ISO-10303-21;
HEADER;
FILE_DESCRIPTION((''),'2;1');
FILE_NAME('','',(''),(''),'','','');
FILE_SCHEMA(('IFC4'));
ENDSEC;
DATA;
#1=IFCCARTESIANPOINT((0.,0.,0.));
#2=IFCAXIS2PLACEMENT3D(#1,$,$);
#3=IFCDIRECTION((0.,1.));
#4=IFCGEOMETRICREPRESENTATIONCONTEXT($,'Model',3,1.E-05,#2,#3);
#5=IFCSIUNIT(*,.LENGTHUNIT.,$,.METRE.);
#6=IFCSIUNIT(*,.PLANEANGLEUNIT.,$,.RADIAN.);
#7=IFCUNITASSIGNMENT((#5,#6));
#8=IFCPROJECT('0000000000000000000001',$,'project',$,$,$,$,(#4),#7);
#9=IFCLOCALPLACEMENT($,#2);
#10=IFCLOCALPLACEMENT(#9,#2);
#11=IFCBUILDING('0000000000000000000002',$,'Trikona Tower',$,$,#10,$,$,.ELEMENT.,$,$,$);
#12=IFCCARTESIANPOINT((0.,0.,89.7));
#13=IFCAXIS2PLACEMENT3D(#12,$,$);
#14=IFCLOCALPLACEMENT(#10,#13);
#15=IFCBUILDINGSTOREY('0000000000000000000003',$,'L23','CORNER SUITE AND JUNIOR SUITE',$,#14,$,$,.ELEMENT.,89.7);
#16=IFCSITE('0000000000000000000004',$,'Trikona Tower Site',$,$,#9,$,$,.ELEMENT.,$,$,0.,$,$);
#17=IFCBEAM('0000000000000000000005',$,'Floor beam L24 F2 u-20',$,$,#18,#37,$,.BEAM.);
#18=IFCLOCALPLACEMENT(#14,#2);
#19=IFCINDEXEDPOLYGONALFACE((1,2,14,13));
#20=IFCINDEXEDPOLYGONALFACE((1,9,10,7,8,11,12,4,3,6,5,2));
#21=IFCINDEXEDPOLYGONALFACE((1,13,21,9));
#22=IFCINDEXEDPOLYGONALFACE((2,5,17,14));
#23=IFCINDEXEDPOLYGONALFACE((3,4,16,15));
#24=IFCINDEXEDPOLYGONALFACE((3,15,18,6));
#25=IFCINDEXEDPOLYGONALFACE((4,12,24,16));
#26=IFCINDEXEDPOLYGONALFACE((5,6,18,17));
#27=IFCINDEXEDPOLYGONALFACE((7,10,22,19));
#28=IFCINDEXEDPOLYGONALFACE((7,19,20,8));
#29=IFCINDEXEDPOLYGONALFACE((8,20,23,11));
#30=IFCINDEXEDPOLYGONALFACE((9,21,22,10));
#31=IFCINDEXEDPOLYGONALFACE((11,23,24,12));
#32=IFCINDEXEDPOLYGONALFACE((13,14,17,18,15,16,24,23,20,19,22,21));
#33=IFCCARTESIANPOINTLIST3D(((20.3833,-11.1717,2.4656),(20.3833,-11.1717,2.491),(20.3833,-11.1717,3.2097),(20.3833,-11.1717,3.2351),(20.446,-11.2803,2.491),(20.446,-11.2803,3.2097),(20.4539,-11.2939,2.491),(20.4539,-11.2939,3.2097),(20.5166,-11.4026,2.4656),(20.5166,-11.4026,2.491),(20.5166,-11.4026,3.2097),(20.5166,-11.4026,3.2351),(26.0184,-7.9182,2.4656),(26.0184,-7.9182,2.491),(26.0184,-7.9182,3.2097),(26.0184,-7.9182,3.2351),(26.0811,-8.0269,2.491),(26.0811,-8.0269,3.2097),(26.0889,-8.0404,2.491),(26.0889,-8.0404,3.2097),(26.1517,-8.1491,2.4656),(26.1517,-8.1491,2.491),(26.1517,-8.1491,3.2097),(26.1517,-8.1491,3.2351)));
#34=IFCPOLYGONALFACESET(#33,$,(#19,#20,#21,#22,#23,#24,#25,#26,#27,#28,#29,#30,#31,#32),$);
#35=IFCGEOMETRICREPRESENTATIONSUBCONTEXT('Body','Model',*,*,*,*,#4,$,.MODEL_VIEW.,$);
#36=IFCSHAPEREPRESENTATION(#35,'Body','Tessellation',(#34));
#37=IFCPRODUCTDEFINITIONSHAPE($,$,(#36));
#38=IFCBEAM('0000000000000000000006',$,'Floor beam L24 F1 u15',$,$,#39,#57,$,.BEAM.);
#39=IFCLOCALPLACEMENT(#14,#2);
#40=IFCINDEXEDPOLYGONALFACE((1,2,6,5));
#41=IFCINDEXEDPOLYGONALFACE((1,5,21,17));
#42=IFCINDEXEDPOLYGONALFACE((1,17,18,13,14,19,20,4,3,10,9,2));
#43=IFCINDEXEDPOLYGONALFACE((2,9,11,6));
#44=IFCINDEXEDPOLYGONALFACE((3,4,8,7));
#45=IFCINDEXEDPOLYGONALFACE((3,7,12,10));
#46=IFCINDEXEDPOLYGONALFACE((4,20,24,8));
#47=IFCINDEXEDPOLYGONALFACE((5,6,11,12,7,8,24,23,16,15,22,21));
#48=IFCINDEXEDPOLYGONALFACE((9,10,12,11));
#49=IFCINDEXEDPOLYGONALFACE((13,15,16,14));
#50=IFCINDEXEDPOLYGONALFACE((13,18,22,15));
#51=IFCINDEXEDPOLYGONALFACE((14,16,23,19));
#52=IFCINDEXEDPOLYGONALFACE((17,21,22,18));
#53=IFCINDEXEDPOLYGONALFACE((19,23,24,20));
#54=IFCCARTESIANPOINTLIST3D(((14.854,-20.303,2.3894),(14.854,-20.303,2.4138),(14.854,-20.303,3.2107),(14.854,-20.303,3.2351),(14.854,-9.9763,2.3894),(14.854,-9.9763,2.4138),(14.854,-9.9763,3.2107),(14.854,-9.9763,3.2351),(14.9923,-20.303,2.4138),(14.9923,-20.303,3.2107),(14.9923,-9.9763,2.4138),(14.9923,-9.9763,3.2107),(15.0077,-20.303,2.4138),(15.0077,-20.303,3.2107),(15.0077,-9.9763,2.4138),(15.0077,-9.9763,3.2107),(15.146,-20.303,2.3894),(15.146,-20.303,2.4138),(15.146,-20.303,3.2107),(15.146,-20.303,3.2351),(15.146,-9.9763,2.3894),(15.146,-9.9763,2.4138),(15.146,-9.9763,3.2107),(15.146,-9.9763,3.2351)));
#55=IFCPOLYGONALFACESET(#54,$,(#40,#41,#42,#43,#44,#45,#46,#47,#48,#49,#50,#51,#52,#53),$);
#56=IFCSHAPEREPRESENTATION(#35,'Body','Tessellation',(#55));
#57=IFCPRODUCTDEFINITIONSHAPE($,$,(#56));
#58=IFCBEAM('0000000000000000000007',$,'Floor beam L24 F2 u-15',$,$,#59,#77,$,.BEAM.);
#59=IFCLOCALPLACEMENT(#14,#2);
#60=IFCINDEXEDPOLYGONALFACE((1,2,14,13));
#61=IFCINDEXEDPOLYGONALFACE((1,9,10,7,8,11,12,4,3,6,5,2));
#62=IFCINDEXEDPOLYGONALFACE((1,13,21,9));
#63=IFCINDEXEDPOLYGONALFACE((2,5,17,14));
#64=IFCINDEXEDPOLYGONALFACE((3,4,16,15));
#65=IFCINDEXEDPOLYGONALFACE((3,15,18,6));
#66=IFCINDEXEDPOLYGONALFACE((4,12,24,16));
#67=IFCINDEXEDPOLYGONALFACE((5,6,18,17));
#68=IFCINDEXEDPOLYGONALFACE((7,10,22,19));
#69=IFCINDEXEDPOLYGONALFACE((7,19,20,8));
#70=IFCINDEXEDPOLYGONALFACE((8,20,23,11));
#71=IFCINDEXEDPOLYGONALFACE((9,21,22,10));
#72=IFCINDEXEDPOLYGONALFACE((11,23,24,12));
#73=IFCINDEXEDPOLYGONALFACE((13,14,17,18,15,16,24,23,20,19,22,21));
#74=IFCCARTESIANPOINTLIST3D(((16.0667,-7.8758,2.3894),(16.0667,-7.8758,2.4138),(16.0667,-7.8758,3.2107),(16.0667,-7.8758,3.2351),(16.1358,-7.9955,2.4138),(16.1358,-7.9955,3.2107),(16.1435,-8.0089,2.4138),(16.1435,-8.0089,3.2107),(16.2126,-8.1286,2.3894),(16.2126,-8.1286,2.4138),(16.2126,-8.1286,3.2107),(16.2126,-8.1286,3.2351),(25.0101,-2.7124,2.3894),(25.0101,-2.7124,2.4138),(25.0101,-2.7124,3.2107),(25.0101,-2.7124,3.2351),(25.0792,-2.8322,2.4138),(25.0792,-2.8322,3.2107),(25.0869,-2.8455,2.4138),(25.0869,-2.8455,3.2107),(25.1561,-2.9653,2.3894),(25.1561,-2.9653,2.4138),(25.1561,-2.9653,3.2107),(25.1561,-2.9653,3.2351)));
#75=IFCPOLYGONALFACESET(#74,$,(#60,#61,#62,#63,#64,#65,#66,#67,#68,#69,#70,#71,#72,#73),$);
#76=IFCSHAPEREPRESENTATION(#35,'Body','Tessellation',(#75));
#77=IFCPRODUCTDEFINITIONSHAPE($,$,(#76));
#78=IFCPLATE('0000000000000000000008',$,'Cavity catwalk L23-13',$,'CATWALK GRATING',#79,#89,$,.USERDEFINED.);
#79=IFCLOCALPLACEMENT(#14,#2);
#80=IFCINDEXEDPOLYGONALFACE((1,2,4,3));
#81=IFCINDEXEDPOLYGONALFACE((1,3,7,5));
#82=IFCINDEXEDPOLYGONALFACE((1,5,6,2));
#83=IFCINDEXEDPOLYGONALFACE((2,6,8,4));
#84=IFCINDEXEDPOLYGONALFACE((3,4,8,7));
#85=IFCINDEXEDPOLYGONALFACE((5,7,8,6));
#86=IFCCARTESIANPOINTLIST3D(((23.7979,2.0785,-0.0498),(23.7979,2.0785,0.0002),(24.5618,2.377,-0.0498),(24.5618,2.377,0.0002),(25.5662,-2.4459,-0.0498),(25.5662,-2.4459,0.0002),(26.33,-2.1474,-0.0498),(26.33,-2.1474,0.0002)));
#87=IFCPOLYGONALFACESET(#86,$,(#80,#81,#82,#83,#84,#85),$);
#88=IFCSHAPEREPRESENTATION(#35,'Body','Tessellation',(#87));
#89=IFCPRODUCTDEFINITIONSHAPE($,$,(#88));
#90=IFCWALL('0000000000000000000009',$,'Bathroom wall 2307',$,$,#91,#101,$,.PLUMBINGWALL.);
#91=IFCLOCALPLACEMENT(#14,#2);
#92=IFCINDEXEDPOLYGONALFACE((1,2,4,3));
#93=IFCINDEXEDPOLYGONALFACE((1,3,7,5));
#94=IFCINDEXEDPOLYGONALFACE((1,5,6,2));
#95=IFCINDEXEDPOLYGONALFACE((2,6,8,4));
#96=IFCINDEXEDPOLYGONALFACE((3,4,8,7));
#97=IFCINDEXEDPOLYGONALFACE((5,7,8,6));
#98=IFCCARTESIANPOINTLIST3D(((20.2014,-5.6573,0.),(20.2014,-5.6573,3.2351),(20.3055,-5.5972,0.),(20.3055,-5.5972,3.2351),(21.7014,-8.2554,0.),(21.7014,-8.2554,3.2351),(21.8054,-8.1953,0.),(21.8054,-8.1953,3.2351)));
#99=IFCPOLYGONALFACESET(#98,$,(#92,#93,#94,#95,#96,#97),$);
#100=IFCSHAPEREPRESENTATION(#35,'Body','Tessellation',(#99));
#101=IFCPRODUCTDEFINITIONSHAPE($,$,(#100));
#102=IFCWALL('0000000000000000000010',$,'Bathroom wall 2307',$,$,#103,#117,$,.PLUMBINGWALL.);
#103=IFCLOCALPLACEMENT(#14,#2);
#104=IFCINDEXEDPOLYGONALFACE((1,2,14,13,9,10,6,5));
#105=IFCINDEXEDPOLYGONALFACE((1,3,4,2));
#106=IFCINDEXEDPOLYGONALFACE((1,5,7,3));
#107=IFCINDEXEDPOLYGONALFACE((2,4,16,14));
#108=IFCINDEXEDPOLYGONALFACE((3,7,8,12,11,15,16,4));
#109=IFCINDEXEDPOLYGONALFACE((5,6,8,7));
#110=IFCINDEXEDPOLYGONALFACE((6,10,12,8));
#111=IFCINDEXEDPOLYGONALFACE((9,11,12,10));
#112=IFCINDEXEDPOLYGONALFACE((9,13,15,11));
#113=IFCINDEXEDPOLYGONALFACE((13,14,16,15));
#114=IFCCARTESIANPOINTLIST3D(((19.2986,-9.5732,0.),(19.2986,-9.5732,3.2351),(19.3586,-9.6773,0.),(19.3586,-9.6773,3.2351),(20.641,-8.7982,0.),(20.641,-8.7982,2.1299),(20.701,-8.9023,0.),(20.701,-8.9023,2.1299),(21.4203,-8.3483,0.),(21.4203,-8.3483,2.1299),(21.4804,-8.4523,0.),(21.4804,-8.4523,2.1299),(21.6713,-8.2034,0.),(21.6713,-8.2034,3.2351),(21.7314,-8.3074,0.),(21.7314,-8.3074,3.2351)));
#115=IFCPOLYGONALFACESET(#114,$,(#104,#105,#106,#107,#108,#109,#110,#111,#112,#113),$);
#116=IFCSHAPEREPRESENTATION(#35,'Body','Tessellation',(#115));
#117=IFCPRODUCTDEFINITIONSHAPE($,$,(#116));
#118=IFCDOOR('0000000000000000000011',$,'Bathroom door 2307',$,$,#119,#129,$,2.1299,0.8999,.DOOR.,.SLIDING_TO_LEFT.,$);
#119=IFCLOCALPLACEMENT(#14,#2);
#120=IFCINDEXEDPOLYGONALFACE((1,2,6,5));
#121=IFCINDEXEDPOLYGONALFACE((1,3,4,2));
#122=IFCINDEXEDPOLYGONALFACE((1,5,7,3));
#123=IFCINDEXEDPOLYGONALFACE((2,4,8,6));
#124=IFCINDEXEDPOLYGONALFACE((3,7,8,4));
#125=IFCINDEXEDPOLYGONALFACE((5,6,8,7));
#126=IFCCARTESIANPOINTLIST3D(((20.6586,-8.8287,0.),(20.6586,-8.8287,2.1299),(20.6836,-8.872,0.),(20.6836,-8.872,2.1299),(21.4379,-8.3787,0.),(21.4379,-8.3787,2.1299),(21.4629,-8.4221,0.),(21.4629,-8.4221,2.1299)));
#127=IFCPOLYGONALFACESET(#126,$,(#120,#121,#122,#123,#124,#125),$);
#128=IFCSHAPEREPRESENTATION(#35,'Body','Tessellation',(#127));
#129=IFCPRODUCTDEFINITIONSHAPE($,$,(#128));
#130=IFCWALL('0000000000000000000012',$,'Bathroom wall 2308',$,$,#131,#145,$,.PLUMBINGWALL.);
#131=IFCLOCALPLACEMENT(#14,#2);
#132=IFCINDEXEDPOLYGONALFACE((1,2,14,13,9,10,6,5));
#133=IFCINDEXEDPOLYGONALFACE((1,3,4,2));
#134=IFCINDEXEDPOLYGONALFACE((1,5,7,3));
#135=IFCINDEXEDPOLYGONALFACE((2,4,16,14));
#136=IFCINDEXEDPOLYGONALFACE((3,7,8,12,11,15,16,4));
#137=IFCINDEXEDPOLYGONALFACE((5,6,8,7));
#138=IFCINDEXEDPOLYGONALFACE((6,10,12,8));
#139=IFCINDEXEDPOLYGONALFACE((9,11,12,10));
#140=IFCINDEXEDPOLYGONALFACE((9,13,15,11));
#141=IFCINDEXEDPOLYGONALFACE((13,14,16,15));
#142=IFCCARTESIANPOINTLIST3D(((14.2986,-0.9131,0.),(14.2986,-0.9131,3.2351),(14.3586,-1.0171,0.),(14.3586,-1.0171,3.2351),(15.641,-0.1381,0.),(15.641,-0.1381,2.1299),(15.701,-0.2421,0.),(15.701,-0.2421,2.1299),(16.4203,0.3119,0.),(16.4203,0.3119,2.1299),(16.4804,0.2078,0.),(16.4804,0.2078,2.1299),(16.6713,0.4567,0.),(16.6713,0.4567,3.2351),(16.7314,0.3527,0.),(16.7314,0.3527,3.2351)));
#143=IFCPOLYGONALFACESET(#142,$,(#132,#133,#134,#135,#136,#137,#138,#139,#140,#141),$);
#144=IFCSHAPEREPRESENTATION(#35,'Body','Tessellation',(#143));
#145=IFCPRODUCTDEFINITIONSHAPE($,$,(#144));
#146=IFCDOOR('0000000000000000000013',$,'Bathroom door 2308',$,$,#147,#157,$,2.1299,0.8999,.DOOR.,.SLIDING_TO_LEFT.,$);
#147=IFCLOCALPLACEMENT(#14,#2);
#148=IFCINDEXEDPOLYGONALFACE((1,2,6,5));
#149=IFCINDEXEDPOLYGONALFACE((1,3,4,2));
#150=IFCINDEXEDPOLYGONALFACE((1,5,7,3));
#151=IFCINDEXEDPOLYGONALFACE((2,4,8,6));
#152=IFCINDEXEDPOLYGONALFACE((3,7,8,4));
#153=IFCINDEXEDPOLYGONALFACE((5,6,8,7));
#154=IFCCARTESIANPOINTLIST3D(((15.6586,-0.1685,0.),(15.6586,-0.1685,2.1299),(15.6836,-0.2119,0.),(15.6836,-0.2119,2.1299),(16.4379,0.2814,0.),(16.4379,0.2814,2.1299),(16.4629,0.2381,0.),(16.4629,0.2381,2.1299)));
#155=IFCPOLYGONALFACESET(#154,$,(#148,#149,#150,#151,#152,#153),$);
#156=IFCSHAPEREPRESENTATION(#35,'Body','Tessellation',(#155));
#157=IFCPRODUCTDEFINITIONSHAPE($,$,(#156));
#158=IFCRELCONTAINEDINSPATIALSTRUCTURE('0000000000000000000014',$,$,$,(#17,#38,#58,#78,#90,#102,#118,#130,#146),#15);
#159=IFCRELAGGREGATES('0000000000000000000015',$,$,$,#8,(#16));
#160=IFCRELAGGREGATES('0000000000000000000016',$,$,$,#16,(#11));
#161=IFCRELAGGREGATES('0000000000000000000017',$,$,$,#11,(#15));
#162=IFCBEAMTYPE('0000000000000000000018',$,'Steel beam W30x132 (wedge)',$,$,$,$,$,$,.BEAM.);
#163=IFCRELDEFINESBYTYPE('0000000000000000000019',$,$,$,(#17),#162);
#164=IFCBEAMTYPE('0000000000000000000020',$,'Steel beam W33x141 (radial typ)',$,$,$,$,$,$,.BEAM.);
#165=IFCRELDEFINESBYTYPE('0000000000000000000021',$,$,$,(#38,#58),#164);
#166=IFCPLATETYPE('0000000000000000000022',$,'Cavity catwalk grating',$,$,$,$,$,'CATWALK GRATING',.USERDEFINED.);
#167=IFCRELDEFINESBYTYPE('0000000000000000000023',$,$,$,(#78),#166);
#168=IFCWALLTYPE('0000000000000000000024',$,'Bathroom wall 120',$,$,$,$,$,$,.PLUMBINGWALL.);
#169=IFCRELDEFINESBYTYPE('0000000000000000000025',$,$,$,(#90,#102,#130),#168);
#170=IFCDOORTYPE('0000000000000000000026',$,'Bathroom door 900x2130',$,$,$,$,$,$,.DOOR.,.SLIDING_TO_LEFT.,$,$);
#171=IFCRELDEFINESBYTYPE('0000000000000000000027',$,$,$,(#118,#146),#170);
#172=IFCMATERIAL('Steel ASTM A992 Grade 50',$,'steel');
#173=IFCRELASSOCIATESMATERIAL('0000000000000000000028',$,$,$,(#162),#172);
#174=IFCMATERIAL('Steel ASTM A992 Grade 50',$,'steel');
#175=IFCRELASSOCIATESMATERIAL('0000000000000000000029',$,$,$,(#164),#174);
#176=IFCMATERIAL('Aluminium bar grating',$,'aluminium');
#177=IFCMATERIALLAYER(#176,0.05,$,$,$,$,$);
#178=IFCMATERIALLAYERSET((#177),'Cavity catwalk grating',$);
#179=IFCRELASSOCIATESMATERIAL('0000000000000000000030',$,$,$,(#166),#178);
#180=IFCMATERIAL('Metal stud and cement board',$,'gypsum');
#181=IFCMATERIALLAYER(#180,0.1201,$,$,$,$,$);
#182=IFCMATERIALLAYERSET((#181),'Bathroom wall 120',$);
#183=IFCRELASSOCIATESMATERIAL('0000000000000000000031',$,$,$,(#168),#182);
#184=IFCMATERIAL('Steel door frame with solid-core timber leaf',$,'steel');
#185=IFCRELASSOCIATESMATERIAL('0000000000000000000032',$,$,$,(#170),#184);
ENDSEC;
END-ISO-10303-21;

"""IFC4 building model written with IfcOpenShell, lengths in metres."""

from ifc_helpers import new_model, si_unit, direction, frame, frame_2d, origin, origin_2d, place, context, subcontext, project, spatial, rectangle, i_section, extrude, material, layer, layer_set, material_profile, profile_set, type_object, element, fill, save


model = new_model("IFC4")

# Units and contexts
model_context = context("Model", 3, precision=1e-05, world=origin(), true_north=direction((0.0, 1.0)))
body_context = subcontext(model_context, "Body", "Model", "MODEL_VIEW")
ifc_project = project(units=[si_unit("LENGTHUNIT", "METRE"), si_unit("PLANEANGLEUNIT", "RADIAN")], contexts=[model_context])

# Site, building, storey
site_placement = place(None, origin())
site = spatial("IfcSite", under=ifc_project, at=site_placement, Name="Trikona Tower Site", CompositionType="ELEMENT", RefElevation=0.0)
building_placement = place(site_placement, origin())
building = spatial("IfcBuilding", under=site, at=building_placement, Name="Trikona Tower", CompositionType="ELEMENT")
storey_placement = place(building_placement, frame((0.0, 0.0, 89.7)))
storey = spatial("IfcBuildingStorey", under=building, at=storey_placement, Name="L23", Description="CORNER SUITE AND JUNIOR SUITE", CompositionType="ELEMENT", Elevation=89.7)

# Beams
ifc_material_1 = material(Name="Steel ASTM A992 Grade 50", Category="steel")
ifc_material_profile_1 = material_profile(ifc_material_1, i_section(OverallWidth=0.2666, OverallDepth=0.7695, WebThickness=0.0156, FlangeThickness=0.0254, at=origin_2d()), Name="W30X132")
ifc_profile_set_1 = profile_set([ifc_material_profile_1], Name="Steel ASTM A992 Grade 50")
beam_type_1 = type_object("IfcBeamType", Name="Steel beam W30x132 (wedge)", PredefinedType="BEAM", material=ifc_profile_set_1)
beam_1_placement = place(storey_placement, frame((20.45, -11.2871, 2.8503), z_axis=(0.866023, 0.500005, 0.0), x_axis=(-0.500005, 0.866023, 0.0)))
element("IfcBeam", 1, at=beam_1_placement, inside=storey, type_object=beam_type_1, Name="Floor beam L24 F2 u-20", PredefinedType="BEAM", context=body_context, shape_type="SweptSolid", body=[
    extrude(i_section(OverallWidth=0.2666, OverallDepth=0.7695, WebThickness=0.0156, FlangeThickness=0.0254, at=origin_2d()), origin(), (0.0, 0.0, 1.0), 6.5068),
])
ifc_material_2 = material(Name="Steel ASTM A992 Grade 50", Category="steel")
ifc_material_profile_2 = material_profile(ifc_material_2, i_section(OverallWidth=0.292, OverallDepth=0.8457, WebThickness=0.0154, FlangeThickness=0.0244, at=origin_2d()), Name="W33X141")
ifc_profile_set_2 = profile_set([ifc_material_profile_2], Name="Steel ASTM A992 Grade 50")
beam_type_2 = type_object("IfcBeamType", Name="Steel beam W33x141 (radial typ)", PredefinedType="BEAM", material=ifc_profile_set_2)
beam_2_placement = place(storey_placement, frame((15.0, -9.9763, 2.8123), z_axis=(0.0, -1.0, 0.0), x_axis=(1.0, 0.0, 0.0)))
element("IfcBeam", 2, at=beam_2_placement, inside=storey, type_object=beam_type_2, Name="Floor beam L24 F1 u15", PredefinedType="BEAM", context=body_context, shape_type="SweptSolid", body=[
    extrude(i_section(OverallWidth=0.292, OverallDepth=0.8457, WebThickness=0.0154, FlangeThickness=0.0244, at=origin_2d()), origin(), (0.0, 0.0, 1.0), 10.3267),
])
beam_3_placement = place(storey_placement, frame((16.1396, -8.0022, 2.8123), z_axis=(0.86603, 0.499991, 0.0), x_axis=(-0.499991, 0.86603, 0.0)))
element("IfcBeam", 3, at=beam_3_placement, inside=storey, type_object=beam_type_2, Name="Floor beam L24 F2 u-15", PredefinedType="BEAM", context=body_context, shape_type="SweptSolid", body=[
    extrude(i_section(OverallWidth=0.292, OverallDepth=0.8457, WebThickness=0.0154, FlangeThickness=0.0244, at=origin_2d()), origin(), (0.0, 0.0, 1.0), 10.3269),
])

# Plate
ifc_material_3 = material(Name="Aluminium bar grating", Category="aluminium")
ifc_layer_1 = layer(ifc_material_3, 0.05)
ifc_layer_set_1 = layer_set([ifc_layer_1], Name="Cavity catwalk grating")
plate_type = type_object("IfcPlateType", Name="Cavity catwalk grating", ElementType="CATWALK GRATING", PredefinedType="USERDEFINED", material=ifc_layer_set_1)
plate_placement = place(storey_placement, frame((25.064, -0.0344, -0.0498), z_axis=(0.0, 0.0, 1.0), x_axis=(-0.364009, 0.931395, 0.0)))
element("IfcPlate", 4, at=plate_placement, inside=storey, type_object=plate_type, Name="Cavity catwalk L23-13", ObjectType="CATWALK GRATING", PredefinedType="USERDEFINED", context=body_context, shape_type="SweptSolid", body=[
    extrude(rectangle(XDim=4.8577, YDim=0.8201, at=origin_2d()), origin(), (0.0, 0.0, 1.0), 0.05),
])

# Wall
ifc_material_4 = material(Name="Metal stud and cement board", Category="gypsum")
ifc_layer_2 = layer(ifc_material_4, 0.1201)
ifc_layer_set_2 = layer_set([ifc_layer_2], Name="Bathroom wall 120")
wall_type_1 = type_object("IfcWallType", Name="Bathroom wall 120", PredefinedType="PLUMBINGWALL", material=ifc_layer_set_2)
wall_1_placement = place(storey_placement, frame((21.7534, -8.2253, 0.0), z_axis=(0.0, 0.0, 1.0), x_axis=(-0.49999, 0.866031, 0.0)))
element("IfcWall", 5, at=wall_1_placement, inside=storey, type_object=wall_type_1, Name="Bathroom wall 2307", PredefinedType="PLUMBINGWALL", context=body_context, shape_type="SweptSolid", body=[
    extrude(rectangle(XDim=3.0, YDim=0.1201, at=frame_2d((1.5, 0.0))), origin(), (0.0, 0.0, 1.0), 3.2351),
])

# Walls, openings, doors
wall_2_placement = place(storey_placement, frame((19.3286, -9.6252, 0.0), z_axis=(0.0, 0.0, 1.0), x_axis=(0.866036, 0.499982, 0.0)))
wall_2 = element("IfcWall", 6, at=wall_2_placement, inside=storey, type_object=wall_type_1, Name="Bathroom wall 2307", PredefinedType="PLUMBINGWALL", context=body_context, shape_type="SweptSolid", body=[
    extrude(rectangle(XDim=2.7397, YDim=0.1201, at=frame_2d((1.3699, 0.0))), origin(), (0.0, 0.0, 1.0), 3.2351),
])
opening_1_placement = place(wall_2_placement, frame((1.55, 0.0, 0.0)))
opening_1 = element("IfcOpeningElement", 7, at=opening_1_placement, cuts=wall_2, PredefinedType="OPENING", context=body_context, shape_type="SweptSolid", body=[
    extrude(rectangle(XDim=0.8999, YDim=2.1299, at=frame_2d((0.45, 1.0649))), frame((0.0, 0.0701, 0.0), z_axis=(0.0, -1.0, 0.0), x_axis=(1.0, 0.0, 0.0)), (0.0, 0.0, 1.0), 0.1401),
])
ifc_material_5 = material(Name="Steel door frame with solid-core timber leaf", Category="steel")
door_type_1 = type_object("IfcDoorType", Name="Bathroom door 900x2130", OperationType="SLIDING_TO_LEFT", PredefinedType="DOOR", material=ifc_material_5)
door_1_placement = place(opening_1_placement, origin())
door_1 = element("IfcDoor", 8, at=door_1_placement, inside=storey, type_object=door_type_1, Name="Bathroom door 2307", OperationType="SLIDING_TO_LEFT", OverallHeight=2.1299, OverallWidth=0.8999, PredefinedType="DOOR", context=body_context, shape_type="SweptSolid", body=[
    extrude(rectangle(XDim=0.8999, YDim=2.1299, at=frame_2d((0.45, 1.0649))), frame((0.0, 0.0249, 0.0), z_axis=(0.0, -1.0, 0.0), x_axis=(1.0, 0.0, 0.0)), (0.0, 0.0, 1.0), 0.05),
])
fill(opening_1, door_1)
wall_3_placement = place(storey_placement, frame((14.3286, -0.9651, 0.0), z_axis=(0.0, 0.0, 1.0), x_axis=(0.866036, 0.499982, 0.0)))
wall_3 = element("IfcWall", 9, at=wall_3_placement, inside=storey, type_object=wall_type_1, Name="Bathroom wall 2308", PredefinedType="PLUMBINGWALL", context=body_context, shape_type="SweptSolid", body=[
    extrude(rectangle(XDim=2.7397, YDim=0.1201, at=frame_2d((1.3699, 0.0))), origin(), (0.0, 0.0, 1.0), 3.2351),
])
opening_2_placement = place(wall_3_placement, frame((1.55, 0.0, 0.0)))
opening_2 = element("IfcOpeningElement", 10, at=opening_2_placement, cuts=wall_3, PredefinedType="OPENING", context=body_context, shape_type="SweptSolid", body=[
    extrude(rectangle(XDim=0.8999, YDim=2.1299, at=frame_2d((0.45, 1.0649))), frame((0.0, 0.0701, 0.0), z_axis=(0.0, -1.0, 0.0), x_axis=(1.0, 0.0, 0.0)), (0.0, 0.0, 1.0), 0.1401),
])
door_2_placement = place(opening_2_placement, origin())
door_2 = element("IfcDoor", 11, at=door_2_placement, inside=storey, type_object=door_type_1, Name="Bathroom door 2308", OperationType="SLIDING_TO_LEFT", OverallHeight=2.1299, OverallWidth=0.8999, PredefinedType="DOOR", context=body_context, shape_type="SweptSolid", body=[
    extrude(rectangle(XDim=0.8999, YDim=2.1299, at=frame_2d((0.45, 1.0649))), frame((0.0, 0.0249, 0.0), z_axis=(0.0, -1.0, 0.0), x_axis=(1.0, 0.0, 0.0)), (0.0, 0.0, 1.0), 0.05),
])
fill(opening_2, door_2)

save(model, "model.ifc")
